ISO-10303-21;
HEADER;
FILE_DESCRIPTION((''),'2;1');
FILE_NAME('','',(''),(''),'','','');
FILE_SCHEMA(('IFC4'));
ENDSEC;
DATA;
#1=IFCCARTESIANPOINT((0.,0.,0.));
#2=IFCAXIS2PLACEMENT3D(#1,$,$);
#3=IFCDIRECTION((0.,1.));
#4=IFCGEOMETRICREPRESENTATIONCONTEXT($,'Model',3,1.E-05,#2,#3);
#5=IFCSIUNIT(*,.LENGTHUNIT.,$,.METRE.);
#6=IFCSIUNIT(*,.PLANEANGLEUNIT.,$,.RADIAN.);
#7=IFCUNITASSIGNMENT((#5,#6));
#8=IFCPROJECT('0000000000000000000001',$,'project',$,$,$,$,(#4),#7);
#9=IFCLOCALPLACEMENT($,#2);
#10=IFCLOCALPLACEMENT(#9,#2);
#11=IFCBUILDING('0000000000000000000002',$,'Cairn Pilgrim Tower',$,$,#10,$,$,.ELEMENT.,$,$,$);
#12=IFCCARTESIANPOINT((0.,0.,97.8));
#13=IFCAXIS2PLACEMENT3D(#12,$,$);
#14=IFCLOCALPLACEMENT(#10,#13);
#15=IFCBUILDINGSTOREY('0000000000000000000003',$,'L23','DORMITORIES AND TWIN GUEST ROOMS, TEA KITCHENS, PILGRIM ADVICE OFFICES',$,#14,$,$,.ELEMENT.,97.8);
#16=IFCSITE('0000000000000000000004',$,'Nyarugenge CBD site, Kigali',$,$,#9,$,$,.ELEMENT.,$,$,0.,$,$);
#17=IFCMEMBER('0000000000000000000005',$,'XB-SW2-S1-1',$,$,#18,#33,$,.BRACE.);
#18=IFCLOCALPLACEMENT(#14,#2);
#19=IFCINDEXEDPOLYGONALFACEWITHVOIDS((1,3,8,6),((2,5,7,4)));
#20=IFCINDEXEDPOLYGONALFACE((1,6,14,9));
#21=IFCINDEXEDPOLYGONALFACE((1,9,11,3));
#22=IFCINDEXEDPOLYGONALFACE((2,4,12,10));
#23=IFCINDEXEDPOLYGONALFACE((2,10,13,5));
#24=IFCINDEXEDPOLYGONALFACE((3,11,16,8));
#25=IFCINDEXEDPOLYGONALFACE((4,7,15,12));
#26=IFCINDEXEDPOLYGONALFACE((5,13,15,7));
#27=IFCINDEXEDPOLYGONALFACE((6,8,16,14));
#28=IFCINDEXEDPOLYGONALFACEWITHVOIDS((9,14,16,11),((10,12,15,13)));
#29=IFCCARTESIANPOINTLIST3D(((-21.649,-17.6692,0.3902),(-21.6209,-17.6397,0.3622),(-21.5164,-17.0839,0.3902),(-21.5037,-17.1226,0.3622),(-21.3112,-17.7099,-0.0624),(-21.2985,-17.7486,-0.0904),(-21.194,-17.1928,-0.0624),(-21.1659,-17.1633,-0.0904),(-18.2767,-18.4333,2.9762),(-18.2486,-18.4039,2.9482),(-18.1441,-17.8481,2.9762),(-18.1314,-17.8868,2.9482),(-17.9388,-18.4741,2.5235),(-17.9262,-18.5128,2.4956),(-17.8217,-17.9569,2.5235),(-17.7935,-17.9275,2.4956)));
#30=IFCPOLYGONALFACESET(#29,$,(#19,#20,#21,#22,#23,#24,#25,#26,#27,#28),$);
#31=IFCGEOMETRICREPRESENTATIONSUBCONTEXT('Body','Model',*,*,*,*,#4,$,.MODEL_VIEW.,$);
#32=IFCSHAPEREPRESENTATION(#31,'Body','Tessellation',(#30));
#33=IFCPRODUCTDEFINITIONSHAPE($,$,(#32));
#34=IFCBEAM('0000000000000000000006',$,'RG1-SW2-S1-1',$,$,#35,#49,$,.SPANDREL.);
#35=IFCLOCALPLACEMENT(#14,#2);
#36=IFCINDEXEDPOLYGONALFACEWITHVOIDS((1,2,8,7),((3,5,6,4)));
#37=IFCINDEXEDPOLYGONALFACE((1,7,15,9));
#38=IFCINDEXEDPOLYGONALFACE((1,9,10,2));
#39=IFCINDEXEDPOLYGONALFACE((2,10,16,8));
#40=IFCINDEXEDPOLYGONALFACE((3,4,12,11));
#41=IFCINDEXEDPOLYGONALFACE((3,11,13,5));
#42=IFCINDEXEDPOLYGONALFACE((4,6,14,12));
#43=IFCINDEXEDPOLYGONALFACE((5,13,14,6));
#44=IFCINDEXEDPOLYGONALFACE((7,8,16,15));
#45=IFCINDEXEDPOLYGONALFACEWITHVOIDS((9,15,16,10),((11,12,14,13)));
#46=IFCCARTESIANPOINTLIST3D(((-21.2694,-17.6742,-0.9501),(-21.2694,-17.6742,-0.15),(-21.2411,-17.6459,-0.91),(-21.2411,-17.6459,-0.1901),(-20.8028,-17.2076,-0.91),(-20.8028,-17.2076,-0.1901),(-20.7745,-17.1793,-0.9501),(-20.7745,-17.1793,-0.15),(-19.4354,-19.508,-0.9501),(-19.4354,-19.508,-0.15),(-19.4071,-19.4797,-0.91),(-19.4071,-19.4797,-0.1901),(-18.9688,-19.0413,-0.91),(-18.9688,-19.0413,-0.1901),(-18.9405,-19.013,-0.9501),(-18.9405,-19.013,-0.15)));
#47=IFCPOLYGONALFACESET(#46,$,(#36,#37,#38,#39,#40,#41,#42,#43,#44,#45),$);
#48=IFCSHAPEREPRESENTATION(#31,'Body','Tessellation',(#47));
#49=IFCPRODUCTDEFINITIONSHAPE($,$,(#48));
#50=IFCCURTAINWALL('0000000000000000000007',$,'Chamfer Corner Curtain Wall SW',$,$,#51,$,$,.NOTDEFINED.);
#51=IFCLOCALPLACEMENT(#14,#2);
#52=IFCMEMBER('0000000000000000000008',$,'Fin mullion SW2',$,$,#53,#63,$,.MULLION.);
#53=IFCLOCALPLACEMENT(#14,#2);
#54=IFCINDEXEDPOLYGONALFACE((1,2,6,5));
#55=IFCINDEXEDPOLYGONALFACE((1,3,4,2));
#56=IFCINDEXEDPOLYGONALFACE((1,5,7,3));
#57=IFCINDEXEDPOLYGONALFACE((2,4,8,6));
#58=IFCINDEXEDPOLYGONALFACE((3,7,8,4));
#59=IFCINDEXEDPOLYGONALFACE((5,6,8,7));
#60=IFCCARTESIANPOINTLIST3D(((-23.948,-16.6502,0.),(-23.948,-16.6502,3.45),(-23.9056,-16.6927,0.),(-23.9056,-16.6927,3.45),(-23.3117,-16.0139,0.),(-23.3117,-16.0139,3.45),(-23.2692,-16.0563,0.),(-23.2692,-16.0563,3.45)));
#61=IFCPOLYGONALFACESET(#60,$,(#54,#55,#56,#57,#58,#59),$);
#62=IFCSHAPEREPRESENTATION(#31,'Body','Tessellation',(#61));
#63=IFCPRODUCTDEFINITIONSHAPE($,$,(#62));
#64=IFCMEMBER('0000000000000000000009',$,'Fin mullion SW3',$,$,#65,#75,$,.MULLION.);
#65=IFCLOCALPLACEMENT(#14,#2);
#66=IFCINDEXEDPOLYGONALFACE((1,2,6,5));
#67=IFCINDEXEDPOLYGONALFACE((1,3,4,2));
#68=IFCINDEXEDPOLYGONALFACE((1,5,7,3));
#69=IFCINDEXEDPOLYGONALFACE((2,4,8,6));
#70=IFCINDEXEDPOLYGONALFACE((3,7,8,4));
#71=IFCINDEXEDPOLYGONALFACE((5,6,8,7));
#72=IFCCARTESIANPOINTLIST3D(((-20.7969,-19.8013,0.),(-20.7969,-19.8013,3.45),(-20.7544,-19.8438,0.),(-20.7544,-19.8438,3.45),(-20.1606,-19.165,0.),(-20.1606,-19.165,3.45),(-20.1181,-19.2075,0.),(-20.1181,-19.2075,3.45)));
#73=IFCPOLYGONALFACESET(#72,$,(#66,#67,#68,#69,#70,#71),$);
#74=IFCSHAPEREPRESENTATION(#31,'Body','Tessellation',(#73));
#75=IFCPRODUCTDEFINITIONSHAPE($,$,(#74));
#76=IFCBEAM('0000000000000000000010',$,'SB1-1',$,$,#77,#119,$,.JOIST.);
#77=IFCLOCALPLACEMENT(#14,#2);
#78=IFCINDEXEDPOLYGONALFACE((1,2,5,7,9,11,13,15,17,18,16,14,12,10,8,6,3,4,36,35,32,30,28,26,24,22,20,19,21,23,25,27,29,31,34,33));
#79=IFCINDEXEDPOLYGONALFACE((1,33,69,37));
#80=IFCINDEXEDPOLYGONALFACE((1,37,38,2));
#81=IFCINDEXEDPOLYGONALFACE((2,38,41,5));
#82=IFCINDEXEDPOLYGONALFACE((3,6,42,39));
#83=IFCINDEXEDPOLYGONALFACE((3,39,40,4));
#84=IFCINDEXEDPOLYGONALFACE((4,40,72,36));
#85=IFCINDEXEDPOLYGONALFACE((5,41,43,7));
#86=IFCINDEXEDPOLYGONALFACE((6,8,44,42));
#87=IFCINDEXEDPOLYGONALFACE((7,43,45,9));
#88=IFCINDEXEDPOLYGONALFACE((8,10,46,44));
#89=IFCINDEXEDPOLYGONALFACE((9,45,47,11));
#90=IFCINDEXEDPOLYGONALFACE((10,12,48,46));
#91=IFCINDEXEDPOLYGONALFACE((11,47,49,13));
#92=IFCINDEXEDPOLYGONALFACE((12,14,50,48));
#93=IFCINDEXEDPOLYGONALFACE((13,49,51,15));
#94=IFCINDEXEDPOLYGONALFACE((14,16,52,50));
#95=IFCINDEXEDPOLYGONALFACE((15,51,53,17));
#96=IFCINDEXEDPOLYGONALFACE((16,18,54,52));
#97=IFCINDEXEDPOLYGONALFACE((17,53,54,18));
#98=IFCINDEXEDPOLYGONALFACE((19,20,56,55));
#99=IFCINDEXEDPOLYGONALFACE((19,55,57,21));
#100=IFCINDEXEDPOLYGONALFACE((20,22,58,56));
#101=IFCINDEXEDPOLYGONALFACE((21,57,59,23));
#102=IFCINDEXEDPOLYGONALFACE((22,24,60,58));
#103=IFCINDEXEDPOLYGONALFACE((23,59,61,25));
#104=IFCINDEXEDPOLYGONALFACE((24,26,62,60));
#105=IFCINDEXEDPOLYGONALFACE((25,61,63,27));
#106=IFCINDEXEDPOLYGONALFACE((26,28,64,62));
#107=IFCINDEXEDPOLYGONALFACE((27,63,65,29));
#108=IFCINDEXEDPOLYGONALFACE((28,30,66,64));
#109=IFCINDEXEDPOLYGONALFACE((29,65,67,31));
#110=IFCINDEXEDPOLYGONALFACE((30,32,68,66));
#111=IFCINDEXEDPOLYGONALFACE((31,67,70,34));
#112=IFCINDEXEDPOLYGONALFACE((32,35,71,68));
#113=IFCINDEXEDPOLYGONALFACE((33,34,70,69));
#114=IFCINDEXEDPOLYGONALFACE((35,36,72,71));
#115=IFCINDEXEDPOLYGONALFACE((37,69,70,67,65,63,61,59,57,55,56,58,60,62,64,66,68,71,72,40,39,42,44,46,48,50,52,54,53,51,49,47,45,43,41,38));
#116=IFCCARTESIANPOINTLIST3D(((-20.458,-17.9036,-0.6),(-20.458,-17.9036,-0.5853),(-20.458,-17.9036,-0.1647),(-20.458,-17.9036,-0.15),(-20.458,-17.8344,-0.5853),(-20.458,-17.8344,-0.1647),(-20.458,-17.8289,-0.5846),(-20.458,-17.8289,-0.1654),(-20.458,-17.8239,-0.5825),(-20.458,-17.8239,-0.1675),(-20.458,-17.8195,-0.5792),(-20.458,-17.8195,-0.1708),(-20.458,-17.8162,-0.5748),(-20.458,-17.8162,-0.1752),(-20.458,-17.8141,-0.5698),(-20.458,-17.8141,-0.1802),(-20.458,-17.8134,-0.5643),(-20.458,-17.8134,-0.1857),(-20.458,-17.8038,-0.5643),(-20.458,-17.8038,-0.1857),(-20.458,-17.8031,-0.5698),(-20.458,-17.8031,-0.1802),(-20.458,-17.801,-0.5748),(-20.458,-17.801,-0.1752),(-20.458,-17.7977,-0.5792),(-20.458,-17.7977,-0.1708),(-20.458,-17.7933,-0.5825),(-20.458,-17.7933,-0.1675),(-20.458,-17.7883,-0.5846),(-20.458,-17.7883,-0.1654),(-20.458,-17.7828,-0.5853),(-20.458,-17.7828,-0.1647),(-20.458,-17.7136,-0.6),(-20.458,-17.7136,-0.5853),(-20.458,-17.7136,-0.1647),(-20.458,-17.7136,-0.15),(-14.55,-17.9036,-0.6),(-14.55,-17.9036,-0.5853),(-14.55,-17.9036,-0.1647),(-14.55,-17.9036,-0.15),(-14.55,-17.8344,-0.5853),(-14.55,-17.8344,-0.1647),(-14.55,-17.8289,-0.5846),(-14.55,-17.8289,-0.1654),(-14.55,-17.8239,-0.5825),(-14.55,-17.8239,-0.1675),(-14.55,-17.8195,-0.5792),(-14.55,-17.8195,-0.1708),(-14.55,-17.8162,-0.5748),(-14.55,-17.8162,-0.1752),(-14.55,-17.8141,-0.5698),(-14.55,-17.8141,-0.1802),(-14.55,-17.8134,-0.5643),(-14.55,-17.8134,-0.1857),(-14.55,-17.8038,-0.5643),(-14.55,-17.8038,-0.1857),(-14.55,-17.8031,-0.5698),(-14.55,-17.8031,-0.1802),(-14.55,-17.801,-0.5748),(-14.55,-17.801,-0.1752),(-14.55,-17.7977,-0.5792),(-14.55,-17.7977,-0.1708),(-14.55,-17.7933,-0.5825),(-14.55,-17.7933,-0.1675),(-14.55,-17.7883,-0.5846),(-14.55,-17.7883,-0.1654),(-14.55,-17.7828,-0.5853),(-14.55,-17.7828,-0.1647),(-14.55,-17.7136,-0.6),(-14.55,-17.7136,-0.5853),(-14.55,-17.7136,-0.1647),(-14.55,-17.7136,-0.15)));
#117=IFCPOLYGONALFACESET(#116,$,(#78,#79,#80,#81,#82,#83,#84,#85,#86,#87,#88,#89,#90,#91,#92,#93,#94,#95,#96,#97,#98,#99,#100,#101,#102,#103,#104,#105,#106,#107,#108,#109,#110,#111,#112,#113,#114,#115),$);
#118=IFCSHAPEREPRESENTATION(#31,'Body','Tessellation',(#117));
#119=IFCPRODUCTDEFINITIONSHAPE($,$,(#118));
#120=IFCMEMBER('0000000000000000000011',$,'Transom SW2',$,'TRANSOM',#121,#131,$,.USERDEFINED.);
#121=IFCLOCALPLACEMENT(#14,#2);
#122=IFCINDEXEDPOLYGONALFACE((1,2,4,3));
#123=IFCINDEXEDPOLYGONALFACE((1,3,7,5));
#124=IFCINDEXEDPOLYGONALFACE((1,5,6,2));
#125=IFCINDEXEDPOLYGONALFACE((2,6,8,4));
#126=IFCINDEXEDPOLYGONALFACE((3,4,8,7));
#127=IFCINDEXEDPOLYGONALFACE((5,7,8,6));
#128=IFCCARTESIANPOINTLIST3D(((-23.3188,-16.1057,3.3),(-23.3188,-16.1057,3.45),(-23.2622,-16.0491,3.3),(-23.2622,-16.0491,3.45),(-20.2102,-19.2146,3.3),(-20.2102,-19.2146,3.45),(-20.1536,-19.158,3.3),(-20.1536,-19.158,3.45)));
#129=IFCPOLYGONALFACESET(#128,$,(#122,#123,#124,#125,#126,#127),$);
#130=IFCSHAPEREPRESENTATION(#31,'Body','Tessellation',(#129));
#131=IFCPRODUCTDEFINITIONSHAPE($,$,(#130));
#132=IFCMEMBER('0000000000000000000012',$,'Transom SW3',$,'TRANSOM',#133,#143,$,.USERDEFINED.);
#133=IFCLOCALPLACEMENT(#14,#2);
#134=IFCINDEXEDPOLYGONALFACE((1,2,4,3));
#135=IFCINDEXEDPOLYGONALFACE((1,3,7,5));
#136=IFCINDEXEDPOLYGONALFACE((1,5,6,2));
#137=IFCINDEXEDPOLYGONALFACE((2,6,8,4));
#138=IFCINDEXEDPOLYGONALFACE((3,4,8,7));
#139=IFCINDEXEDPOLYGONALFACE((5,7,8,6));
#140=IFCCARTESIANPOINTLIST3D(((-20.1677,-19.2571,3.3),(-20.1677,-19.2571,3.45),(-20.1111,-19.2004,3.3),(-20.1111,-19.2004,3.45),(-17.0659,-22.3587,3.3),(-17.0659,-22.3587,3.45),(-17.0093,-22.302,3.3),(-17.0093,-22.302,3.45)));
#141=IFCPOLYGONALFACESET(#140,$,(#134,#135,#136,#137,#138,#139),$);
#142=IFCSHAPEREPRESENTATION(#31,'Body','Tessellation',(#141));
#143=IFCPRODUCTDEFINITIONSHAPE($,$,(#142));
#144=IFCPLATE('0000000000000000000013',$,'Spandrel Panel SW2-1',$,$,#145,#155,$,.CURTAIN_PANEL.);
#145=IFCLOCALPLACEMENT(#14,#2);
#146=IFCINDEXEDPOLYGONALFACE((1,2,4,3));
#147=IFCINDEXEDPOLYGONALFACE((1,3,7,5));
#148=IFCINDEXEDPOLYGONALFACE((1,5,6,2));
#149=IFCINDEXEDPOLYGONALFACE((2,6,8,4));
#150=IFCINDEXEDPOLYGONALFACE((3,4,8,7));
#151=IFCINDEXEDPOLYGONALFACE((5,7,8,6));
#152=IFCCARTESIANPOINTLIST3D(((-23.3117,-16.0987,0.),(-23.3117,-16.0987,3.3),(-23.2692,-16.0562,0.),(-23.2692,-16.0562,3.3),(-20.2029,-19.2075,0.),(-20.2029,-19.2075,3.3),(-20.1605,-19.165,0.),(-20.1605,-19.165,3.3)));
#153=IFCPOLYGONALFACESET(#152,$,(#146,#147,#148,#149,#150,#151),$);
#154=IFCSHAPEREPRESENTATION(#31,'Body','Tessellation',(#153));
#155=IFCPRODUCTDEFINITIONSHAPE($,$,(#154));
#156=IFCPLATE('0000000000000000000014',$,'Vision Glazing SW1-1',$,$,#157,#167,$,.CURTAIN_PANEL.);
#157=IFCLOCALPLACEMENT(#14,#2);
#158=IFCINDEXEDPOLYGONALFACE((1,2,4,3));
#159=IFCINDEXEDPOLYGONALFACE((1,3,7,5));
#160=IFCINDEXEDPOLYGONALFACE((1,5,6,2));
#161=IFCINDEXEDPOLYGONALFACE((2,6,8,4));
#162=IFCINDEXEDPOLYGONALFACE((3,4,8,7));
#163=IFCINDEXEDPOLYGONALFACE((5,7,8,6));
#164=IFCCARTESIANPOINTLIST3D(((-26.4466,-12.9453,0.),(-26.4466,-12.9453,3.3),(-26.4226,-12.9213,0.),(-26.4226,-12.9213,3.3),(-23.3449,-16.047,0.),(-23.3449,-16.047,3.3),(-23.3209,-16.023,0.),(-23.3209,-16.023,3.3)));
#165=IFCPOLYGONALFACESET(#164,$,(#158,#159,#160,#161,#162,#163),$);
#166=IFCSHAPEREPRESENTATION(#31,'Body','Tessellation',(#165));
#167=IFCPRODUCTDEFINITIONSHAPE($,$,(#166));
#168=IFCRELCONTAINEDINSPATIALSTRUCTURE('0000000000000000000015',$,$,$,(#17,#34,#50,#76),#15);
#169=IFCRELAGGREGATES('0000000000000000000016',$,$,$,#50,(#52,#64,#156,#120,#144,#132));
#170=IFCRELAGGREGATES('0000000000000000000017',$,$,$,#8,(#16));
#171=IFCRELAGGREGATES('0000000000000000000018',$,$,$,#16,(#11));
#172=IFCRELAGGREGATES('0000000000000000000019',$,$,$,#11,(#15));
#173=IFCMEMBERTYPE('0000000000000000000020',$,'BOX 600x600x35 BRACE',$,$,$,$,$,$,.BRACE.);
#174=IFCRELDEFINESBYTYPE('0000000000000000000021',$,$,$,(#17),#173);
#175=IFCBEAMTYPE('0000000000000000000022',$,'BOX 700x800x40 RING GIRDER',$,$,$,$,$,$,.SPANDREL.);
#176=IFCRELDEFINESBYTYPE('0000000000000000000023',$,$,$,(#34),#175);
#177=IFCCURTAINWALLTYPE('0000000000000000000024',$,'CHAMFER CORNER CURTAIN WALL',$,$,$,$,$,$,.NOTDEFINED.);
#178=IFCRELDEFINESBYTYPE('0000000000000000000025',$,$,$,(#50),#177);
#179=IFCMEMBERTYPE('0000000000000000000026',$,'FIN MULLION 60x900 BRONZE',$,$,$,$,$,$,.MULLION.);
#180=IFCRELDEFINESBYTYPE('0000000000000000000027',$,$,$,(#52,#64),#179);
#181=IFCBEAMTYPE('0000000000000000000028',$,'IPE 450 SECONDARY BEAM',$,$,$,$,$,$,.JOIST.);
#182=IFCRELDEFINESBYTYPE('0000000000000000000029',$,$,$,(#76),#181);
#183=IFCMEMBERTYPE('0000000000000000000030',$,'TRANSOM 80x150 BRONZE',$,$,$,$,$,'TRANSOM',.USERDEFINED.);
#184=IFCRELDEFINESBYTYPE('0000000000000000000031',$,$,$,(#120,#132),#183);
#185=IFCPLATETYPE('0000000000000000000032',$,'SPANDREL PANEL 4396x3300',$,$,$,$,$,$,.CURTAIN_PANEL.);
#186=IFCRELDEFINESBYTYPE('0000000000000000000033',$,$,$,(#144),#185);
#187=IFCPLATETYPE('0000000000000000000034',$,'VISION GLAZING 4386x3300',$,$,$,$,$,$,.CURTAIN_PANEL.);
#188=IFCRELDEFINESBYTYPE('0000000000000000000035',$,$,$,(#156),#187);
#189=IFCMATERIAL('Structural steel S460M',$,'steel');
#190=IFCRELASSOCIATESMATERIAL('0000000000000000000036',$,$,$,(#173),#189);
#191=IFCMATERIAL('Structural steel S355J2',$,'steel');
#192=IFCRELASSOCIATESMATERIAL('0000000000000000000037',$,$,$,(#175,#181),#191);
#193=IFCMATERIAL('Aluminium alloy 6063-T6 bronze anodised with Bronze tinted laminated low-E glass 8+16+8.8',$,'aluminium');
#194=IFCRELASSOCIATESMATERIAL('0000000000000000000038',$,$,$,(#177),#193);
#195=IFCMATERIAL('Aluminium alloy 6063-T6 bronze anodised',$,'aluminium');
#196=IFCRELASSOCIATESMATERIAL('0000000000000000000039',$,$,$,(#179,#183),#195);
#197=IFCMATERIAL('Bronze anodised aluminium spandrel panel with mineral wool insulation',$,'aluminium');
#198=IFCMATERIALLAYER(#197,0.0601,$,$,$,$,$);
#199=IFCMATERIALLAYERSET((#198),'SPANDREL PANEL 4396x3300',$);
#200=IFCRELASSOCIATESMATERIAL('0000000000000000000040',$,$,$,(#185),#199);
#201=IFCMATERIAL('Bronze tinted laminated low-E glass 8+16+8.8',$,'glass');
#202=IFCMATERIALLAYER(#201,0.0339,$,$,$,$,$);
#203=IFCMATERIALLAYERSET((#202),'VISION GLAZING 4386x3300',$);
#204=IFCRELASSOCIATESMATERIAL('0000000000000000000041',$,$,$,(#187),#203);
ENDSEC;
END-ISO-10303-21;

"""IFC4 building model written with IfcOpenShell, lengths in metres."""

from ifc_helpers import new_model, si_unit, direction, frame, origin, origin_2d, place, context, subcontext, project, spatial, rectangle, hollow_rectangle, i_section, extrude, material, layer, layer_set, material_profile, profile_set, type_object, element, aggregate, save


model = new_model("IFC4")

# Units and contexts
model_context = context("Model", 3, precision=1e-05, world=origin(), true_north=direction((0.0, 1.0)))
body_context = subcontext(model_context, "Body", "Model", "MODEL_VIEW")
ifc_project = project(units=[si_unit("LENGTHUNIT", "METRE"), si_unit("PLANEANGLEUNIT", "RADIAN")], contexts=[model_context])

# Site, building, storey
site_placement = place(None, origin())
site = spatial("IfcSite", under=ifc_project, at=site_placement, Name="Nyarugenge CBD site, Kigali", CompositionType="ELEMENT", RefElevation=0.0)
building_placement = place(site_placement, origin())
building = spatial("IfcBuilding", under=site, at=building_placement, Name="Cairn Pilgrim Tower", CompositionType="ELEMENT")
storey_placement = place(building_placement, frame((0.0, 0.0, 97.8)))
storey = spatial("IfcBuildingStorey", under=building, at=storey_placement, Name="L23", Description="DORMITORIES AND TWIN GUEST ROOMS, TEA KITCHENS, PILGRIM ADVICE OFFICES", CompositionType="ELEMENT", Elevation=97.8)

# Shared definitions
ifc_material_1 = material(Name="Structural steel S460M", Category="steel")

# Member
ifc_material_profile_1 = material_profile(ifc_material_1, hollow_rectangle(XDim=0.6001, YDim=0.6001, WallThickness=0.0349, at=origin_2d()), Name="BOX 600x600x35")
ifc_profile_set_1 = profile_set([ifc_material_profile_1], Name="Structural steel S460M")
member_type_1 = type_object("IfcMemberType", Name="BOX 600x600x35 BRACE", PredefinedType="BRACE", material=ifc_profile_set_1)
member_1_placement = place(storey_placement, frame((-21.4075, -17.4163, 0.1499), z_axis=(0.781024, -0.176978, 0.5989), x_axis=(0.220995, 0.975275, 0.0)))
element("IfcMember", 1, at=member_1_placement, inside=storey, type_object=member_type_1, Name="XB-SW2-S1-1", PredefinedType="BRACE", context=body_context, shape_type="SweptSolid", body=[
    extrude(hollow_rectangle(XDim=0.6001, YDim=0.6001, WallThickness=0.0349, at=origin_2d()), origin(), (0.0, 0.0, 1.0), 4.3179),
])

# Beam
ifc_material_2 = material(Name="Structural steel S355J2", Category="steel")
ifc_material_profile_2 = material_profile(ifc_material_2, hollow_rectangle(XDim=0.7, YDim=0.8, WallThickness=0.04, at=origin_2d()), Name="BOX 700x800x40")
ifc_profile_set_2 = profile_set([ifc_material_profile_2], Name="Structural steel S355J2")
beam_type_1 = type_object("IfcBeamType", Name="BOX 700x800x40 RING GIRDER", PredefinedType="SPANDREL", material=ifc_profile_set_2)
beam_1_placement = place(storey_placement, frame((-21.022, -17.4268, -0.55), z_axis=(0.707154, -0.70706, 0.0), x_axis=(0.70706, 0.707154, 0.0)))
element("IfcBeam", 2, at=beam_1_placement, inside=storey, type_object=beam_type_1, Name="RG1-SW2-S1-1", PredefinedType="SPANDREL", context=body_context, shape_type="SweptSolid", body=[
    extrude(hollow_rectangle(XDim=0.7, YDim=0.8, WallThickness=0.04, at=origin_2d()), origin(), (0.0, 0.0, 1.0), 2.5935),
])

# Curtain wall, members
ifc_material_3 = material(Name="Aluminium alloy 6063-T6 bronze anodised with Bronze tinted laminated low-E glass 8+16+8.8", Category="aluminium")
curtain_wall_type = type_object("IfcCurtainWallType", Name="CHAMFER CORNER CURTAIN WALL", PredefinedType="NOTDEFINED", material=ifc_material_3)
curtain_wall_placement = place(storey_placement, origin())
curtain_wall = element("IfcCurtainWall", 3, at=curtain_wall_placement, inside=storey, type_object=curtain_wall_type, Name="Chamfer Corner Curtain Wall SW", PredefinedType="NOTDEFINED")
ifc_material_4 = material(Name="Aluminium alloy 6063-T6 bronze anodised", Category="aluminium")
ifc_material_profile_3 = material_profile(ifc_material_4, rectangle(XDim=0.8999, YDim=0.0601, at=origin_2d()), Name="FIN MULLION 60x900 BRONZE")
ifc_profile_set_3 = profile_set([ifc_material_profile_3], Name="Aluminium alloy 6063-T6 bronze anodised")
member_type_2 = type_object("IfcMemberType", Name="FIN MULLION 60x900 BRONZE", PredefinedType="MULLION", material=ifc_profile_set_3)
member_2_placement = place(storey_placement, frame((-23.6086, -16.3533, 0.0), z_axis=(0.0, 0.0, 1.0), x_axis=(-0.707107, -0.707107, 0.0)))
member_2 = element("IfcMember", 4, at=member_2_placement, type_object=member_type_2, Name="Fin mullion SW2", PredefinedType="MULLION", context=body_context, shape_type="SweptSolid", body=[
    extrude(rectangle(XDim=0.8999, YDim=0.0601, at=origin_2d()), origin(), (0.0, 0.0, 1.0), 3.45),
])
member_3_placement = place(storey_placement, frame((-20.4575, -19.5044, 0.0), z_axis=(0.0, 0.0, 1.0), x_axis=(-0.707107, -0.707107, 0.0)))
member_3 = element("IfcMember", 5, at=member_3_placement, type_object=member_type_2, Name="Fin mullion SW3", PredefinedType="MULLION", context=body_context, shape_type="SweptSolid", body=[
    extrude(rectangle(XDim=0.8999, YDim=0.0601, at=origin_2d()), origin(), (0.0, 0.0, 1.0), 3.45),
])

# Beam
ifc_material_profile_4 = material_profile(ifc_material_2, i_section(OverallWidth=0.1899, OverallDepth=0.45, WebThickness=0.0095, FlangeThickness=0.0146, FilletRadius=0.021, at=origin_2d()), Name="IPE 450")
ifc_profile_set_4 = profile_set([ifc_material_profile_4], Name="Structural steel S355J2")
beam_type_2 = type_object("IfcBeamType", Name="IPE 450 SECONDARY BEAM", PredefinedType="JOIST", material=ifc_profile_set_4)
beam_2_placement = place(storey_placement, frame((-20.458, -17.8086, -0.375), z_axis=(1.0, 0.0, 0.0), x_axis=(0.0, 1.0, 0.0)))
element("IfcBeam", 6, at=beam_2_placement, inside=storey, type_object=beam_type_2, Name="SB1-1", PredefinedType="JOIST", context=body_context, shape_type="SweptSolid", body=[
    extrude(i_section(OverallWidth=0.1899, OverallDepth=0.45, WebThickness=0.0095, FlangeThickness=0.0146, FilletRadius=0.021, at=origin_2d()), origin(), (0.0, 0.0, 1.0), 5.908),
])

# Members
ifc_material_profile_5 = material_profile(ifc_material_4, rectangle(XDim=0.0801, YDim=0.1499, at=origin_2d()), Name="TRANSOM 80x150 BRONZE")
ifc_profile_set_5 = profile_set([ifc_material_profile_5], Name="Aluminium alloy 6063-T6 bronze anodised")
member_type_3 = type_object("IfcMemberType", Name="TRANSOM 80x150 BRONZE", ElementType="TRANSOM", PredefinedType="USERDEFINED", material=ifc_profile_set_5)
member_4_placement = place(storey_placement, frame((-23.2905, -16.0774, 3.375), z_axis=(0.707079, -0.707135, 0.0), x_axis=(0.707135, 0.707079, 0.0)))
member_4 = element("IfcMember", 7, at=member_4_placement, type_object=member_type_3, Name="Transom SW2", ObjectType="TRANSOM", PredefinedType="USERDEFINED", context=body_context, shape_type="SweptSolid", body=[
    extrude(rectangle(XDim=0.0801, YDim=0.1499, at=origin_2d()), origin(), (0.0, 0.0, 1.0), 4.3965),
])
member_5_placement = place(storey_placement, frame((-20.1394, -19.2288, 3.375), z_axis=(0.707135, -0.707079, 0.0), x_axis=(0.707079, 0.707135, 0.0)))
member_5 = element("IfcMember", 8, at=member_5_placement, type_object=member_type_3, Name="Transom SW3", ObjectType="TRANSOM", PredefinedType="USERDEFINED", context=body_context, shape_type="SweptSolid", body=[
    extrude(rectangle(XDim=0.0801, YDim=0.1499, at=origin_2d()), origin(), (0.0, 0.0, 1.0), 4.3865),
])

# Plates
ifc_material_5 = material(Name="Bronze anodised aluminium spandrel panel with mineral wool insulation", Category="aluminium")
ifc_layer_1 = layer(ifc_material_5, 0.0601)
ifc_layer_set_1 = layer_set([ifc_layer_1], Name="SPANDREL PANEL 4396x3300")
plate_type_1 = type_object("IfcPlateType", Name="SPANDREL PANEL 4396x3300", PredefinedType="CURTAIN_PANEL", material=ifc_layer_set_1)
plate_1_placement = place(storey_placement, frame((-21.7361, -17.6318, 0.0), z_axis=(0.0, 0.0, 1.0), x_axis=(0.707107, -0.707107, 0.0)))
plate_1 = element("IfcPlate", 9, at=plate_1_placement, type_object=plate_type_1, Name="Spandrel Panel SW2-1", PredefinedType="CURTAIN_PANEL", context=body_context, shape_type="SweptSolid", body=[
    extrude(rectangle(XDim=4.3965, YDim=0.0601, at=origin_2d()), origin(), (0.0, 0.0, 1.0), 3.3),
])
ifc_material_6 = material(Name="Bronze tinted laminated low-E glass 8+16+8.8", Category="glass")
ifc_layer_2 = layer(ifc_material_6, 0.0339)
ifc_layer_set_2 = layer_set([ifc_layer_2], Name="VISION GLAZING 4386x3300")
plate_type_2 = type_object("IfcPlateType", Name="VISION GLAZING 4386x3300", PredefinedType="CURTAIN_PANEL", material=ifc_layer_set_2)
plate_2_placement = place(storey_placement, frame((-24.8838, -14.4841, 0.0), z_axis=(0.0, 0.0, 1.0), x_axis=(0.707107, -0.707107, 0.0)))
plate_2 = element("IfcPlate", 10, at=plate_2_placement, type_object=plate_type_2, Name="Vision Glazing SW1-1", PredefinedType="CURTAIN_PANEL", context=body_context, shape_type="SweptSolid", body=[
    extrude(rectangle(XDim=4.3865, YDim=0.0339, at=origin_2d()), origin(), (0.0, 0.0, 1.0), 3.3),
])
aggregate(curtain_wall, [member_2, member_3, plate_2, member_4, plate_1, member_5])

save(model, "model.ifc")
